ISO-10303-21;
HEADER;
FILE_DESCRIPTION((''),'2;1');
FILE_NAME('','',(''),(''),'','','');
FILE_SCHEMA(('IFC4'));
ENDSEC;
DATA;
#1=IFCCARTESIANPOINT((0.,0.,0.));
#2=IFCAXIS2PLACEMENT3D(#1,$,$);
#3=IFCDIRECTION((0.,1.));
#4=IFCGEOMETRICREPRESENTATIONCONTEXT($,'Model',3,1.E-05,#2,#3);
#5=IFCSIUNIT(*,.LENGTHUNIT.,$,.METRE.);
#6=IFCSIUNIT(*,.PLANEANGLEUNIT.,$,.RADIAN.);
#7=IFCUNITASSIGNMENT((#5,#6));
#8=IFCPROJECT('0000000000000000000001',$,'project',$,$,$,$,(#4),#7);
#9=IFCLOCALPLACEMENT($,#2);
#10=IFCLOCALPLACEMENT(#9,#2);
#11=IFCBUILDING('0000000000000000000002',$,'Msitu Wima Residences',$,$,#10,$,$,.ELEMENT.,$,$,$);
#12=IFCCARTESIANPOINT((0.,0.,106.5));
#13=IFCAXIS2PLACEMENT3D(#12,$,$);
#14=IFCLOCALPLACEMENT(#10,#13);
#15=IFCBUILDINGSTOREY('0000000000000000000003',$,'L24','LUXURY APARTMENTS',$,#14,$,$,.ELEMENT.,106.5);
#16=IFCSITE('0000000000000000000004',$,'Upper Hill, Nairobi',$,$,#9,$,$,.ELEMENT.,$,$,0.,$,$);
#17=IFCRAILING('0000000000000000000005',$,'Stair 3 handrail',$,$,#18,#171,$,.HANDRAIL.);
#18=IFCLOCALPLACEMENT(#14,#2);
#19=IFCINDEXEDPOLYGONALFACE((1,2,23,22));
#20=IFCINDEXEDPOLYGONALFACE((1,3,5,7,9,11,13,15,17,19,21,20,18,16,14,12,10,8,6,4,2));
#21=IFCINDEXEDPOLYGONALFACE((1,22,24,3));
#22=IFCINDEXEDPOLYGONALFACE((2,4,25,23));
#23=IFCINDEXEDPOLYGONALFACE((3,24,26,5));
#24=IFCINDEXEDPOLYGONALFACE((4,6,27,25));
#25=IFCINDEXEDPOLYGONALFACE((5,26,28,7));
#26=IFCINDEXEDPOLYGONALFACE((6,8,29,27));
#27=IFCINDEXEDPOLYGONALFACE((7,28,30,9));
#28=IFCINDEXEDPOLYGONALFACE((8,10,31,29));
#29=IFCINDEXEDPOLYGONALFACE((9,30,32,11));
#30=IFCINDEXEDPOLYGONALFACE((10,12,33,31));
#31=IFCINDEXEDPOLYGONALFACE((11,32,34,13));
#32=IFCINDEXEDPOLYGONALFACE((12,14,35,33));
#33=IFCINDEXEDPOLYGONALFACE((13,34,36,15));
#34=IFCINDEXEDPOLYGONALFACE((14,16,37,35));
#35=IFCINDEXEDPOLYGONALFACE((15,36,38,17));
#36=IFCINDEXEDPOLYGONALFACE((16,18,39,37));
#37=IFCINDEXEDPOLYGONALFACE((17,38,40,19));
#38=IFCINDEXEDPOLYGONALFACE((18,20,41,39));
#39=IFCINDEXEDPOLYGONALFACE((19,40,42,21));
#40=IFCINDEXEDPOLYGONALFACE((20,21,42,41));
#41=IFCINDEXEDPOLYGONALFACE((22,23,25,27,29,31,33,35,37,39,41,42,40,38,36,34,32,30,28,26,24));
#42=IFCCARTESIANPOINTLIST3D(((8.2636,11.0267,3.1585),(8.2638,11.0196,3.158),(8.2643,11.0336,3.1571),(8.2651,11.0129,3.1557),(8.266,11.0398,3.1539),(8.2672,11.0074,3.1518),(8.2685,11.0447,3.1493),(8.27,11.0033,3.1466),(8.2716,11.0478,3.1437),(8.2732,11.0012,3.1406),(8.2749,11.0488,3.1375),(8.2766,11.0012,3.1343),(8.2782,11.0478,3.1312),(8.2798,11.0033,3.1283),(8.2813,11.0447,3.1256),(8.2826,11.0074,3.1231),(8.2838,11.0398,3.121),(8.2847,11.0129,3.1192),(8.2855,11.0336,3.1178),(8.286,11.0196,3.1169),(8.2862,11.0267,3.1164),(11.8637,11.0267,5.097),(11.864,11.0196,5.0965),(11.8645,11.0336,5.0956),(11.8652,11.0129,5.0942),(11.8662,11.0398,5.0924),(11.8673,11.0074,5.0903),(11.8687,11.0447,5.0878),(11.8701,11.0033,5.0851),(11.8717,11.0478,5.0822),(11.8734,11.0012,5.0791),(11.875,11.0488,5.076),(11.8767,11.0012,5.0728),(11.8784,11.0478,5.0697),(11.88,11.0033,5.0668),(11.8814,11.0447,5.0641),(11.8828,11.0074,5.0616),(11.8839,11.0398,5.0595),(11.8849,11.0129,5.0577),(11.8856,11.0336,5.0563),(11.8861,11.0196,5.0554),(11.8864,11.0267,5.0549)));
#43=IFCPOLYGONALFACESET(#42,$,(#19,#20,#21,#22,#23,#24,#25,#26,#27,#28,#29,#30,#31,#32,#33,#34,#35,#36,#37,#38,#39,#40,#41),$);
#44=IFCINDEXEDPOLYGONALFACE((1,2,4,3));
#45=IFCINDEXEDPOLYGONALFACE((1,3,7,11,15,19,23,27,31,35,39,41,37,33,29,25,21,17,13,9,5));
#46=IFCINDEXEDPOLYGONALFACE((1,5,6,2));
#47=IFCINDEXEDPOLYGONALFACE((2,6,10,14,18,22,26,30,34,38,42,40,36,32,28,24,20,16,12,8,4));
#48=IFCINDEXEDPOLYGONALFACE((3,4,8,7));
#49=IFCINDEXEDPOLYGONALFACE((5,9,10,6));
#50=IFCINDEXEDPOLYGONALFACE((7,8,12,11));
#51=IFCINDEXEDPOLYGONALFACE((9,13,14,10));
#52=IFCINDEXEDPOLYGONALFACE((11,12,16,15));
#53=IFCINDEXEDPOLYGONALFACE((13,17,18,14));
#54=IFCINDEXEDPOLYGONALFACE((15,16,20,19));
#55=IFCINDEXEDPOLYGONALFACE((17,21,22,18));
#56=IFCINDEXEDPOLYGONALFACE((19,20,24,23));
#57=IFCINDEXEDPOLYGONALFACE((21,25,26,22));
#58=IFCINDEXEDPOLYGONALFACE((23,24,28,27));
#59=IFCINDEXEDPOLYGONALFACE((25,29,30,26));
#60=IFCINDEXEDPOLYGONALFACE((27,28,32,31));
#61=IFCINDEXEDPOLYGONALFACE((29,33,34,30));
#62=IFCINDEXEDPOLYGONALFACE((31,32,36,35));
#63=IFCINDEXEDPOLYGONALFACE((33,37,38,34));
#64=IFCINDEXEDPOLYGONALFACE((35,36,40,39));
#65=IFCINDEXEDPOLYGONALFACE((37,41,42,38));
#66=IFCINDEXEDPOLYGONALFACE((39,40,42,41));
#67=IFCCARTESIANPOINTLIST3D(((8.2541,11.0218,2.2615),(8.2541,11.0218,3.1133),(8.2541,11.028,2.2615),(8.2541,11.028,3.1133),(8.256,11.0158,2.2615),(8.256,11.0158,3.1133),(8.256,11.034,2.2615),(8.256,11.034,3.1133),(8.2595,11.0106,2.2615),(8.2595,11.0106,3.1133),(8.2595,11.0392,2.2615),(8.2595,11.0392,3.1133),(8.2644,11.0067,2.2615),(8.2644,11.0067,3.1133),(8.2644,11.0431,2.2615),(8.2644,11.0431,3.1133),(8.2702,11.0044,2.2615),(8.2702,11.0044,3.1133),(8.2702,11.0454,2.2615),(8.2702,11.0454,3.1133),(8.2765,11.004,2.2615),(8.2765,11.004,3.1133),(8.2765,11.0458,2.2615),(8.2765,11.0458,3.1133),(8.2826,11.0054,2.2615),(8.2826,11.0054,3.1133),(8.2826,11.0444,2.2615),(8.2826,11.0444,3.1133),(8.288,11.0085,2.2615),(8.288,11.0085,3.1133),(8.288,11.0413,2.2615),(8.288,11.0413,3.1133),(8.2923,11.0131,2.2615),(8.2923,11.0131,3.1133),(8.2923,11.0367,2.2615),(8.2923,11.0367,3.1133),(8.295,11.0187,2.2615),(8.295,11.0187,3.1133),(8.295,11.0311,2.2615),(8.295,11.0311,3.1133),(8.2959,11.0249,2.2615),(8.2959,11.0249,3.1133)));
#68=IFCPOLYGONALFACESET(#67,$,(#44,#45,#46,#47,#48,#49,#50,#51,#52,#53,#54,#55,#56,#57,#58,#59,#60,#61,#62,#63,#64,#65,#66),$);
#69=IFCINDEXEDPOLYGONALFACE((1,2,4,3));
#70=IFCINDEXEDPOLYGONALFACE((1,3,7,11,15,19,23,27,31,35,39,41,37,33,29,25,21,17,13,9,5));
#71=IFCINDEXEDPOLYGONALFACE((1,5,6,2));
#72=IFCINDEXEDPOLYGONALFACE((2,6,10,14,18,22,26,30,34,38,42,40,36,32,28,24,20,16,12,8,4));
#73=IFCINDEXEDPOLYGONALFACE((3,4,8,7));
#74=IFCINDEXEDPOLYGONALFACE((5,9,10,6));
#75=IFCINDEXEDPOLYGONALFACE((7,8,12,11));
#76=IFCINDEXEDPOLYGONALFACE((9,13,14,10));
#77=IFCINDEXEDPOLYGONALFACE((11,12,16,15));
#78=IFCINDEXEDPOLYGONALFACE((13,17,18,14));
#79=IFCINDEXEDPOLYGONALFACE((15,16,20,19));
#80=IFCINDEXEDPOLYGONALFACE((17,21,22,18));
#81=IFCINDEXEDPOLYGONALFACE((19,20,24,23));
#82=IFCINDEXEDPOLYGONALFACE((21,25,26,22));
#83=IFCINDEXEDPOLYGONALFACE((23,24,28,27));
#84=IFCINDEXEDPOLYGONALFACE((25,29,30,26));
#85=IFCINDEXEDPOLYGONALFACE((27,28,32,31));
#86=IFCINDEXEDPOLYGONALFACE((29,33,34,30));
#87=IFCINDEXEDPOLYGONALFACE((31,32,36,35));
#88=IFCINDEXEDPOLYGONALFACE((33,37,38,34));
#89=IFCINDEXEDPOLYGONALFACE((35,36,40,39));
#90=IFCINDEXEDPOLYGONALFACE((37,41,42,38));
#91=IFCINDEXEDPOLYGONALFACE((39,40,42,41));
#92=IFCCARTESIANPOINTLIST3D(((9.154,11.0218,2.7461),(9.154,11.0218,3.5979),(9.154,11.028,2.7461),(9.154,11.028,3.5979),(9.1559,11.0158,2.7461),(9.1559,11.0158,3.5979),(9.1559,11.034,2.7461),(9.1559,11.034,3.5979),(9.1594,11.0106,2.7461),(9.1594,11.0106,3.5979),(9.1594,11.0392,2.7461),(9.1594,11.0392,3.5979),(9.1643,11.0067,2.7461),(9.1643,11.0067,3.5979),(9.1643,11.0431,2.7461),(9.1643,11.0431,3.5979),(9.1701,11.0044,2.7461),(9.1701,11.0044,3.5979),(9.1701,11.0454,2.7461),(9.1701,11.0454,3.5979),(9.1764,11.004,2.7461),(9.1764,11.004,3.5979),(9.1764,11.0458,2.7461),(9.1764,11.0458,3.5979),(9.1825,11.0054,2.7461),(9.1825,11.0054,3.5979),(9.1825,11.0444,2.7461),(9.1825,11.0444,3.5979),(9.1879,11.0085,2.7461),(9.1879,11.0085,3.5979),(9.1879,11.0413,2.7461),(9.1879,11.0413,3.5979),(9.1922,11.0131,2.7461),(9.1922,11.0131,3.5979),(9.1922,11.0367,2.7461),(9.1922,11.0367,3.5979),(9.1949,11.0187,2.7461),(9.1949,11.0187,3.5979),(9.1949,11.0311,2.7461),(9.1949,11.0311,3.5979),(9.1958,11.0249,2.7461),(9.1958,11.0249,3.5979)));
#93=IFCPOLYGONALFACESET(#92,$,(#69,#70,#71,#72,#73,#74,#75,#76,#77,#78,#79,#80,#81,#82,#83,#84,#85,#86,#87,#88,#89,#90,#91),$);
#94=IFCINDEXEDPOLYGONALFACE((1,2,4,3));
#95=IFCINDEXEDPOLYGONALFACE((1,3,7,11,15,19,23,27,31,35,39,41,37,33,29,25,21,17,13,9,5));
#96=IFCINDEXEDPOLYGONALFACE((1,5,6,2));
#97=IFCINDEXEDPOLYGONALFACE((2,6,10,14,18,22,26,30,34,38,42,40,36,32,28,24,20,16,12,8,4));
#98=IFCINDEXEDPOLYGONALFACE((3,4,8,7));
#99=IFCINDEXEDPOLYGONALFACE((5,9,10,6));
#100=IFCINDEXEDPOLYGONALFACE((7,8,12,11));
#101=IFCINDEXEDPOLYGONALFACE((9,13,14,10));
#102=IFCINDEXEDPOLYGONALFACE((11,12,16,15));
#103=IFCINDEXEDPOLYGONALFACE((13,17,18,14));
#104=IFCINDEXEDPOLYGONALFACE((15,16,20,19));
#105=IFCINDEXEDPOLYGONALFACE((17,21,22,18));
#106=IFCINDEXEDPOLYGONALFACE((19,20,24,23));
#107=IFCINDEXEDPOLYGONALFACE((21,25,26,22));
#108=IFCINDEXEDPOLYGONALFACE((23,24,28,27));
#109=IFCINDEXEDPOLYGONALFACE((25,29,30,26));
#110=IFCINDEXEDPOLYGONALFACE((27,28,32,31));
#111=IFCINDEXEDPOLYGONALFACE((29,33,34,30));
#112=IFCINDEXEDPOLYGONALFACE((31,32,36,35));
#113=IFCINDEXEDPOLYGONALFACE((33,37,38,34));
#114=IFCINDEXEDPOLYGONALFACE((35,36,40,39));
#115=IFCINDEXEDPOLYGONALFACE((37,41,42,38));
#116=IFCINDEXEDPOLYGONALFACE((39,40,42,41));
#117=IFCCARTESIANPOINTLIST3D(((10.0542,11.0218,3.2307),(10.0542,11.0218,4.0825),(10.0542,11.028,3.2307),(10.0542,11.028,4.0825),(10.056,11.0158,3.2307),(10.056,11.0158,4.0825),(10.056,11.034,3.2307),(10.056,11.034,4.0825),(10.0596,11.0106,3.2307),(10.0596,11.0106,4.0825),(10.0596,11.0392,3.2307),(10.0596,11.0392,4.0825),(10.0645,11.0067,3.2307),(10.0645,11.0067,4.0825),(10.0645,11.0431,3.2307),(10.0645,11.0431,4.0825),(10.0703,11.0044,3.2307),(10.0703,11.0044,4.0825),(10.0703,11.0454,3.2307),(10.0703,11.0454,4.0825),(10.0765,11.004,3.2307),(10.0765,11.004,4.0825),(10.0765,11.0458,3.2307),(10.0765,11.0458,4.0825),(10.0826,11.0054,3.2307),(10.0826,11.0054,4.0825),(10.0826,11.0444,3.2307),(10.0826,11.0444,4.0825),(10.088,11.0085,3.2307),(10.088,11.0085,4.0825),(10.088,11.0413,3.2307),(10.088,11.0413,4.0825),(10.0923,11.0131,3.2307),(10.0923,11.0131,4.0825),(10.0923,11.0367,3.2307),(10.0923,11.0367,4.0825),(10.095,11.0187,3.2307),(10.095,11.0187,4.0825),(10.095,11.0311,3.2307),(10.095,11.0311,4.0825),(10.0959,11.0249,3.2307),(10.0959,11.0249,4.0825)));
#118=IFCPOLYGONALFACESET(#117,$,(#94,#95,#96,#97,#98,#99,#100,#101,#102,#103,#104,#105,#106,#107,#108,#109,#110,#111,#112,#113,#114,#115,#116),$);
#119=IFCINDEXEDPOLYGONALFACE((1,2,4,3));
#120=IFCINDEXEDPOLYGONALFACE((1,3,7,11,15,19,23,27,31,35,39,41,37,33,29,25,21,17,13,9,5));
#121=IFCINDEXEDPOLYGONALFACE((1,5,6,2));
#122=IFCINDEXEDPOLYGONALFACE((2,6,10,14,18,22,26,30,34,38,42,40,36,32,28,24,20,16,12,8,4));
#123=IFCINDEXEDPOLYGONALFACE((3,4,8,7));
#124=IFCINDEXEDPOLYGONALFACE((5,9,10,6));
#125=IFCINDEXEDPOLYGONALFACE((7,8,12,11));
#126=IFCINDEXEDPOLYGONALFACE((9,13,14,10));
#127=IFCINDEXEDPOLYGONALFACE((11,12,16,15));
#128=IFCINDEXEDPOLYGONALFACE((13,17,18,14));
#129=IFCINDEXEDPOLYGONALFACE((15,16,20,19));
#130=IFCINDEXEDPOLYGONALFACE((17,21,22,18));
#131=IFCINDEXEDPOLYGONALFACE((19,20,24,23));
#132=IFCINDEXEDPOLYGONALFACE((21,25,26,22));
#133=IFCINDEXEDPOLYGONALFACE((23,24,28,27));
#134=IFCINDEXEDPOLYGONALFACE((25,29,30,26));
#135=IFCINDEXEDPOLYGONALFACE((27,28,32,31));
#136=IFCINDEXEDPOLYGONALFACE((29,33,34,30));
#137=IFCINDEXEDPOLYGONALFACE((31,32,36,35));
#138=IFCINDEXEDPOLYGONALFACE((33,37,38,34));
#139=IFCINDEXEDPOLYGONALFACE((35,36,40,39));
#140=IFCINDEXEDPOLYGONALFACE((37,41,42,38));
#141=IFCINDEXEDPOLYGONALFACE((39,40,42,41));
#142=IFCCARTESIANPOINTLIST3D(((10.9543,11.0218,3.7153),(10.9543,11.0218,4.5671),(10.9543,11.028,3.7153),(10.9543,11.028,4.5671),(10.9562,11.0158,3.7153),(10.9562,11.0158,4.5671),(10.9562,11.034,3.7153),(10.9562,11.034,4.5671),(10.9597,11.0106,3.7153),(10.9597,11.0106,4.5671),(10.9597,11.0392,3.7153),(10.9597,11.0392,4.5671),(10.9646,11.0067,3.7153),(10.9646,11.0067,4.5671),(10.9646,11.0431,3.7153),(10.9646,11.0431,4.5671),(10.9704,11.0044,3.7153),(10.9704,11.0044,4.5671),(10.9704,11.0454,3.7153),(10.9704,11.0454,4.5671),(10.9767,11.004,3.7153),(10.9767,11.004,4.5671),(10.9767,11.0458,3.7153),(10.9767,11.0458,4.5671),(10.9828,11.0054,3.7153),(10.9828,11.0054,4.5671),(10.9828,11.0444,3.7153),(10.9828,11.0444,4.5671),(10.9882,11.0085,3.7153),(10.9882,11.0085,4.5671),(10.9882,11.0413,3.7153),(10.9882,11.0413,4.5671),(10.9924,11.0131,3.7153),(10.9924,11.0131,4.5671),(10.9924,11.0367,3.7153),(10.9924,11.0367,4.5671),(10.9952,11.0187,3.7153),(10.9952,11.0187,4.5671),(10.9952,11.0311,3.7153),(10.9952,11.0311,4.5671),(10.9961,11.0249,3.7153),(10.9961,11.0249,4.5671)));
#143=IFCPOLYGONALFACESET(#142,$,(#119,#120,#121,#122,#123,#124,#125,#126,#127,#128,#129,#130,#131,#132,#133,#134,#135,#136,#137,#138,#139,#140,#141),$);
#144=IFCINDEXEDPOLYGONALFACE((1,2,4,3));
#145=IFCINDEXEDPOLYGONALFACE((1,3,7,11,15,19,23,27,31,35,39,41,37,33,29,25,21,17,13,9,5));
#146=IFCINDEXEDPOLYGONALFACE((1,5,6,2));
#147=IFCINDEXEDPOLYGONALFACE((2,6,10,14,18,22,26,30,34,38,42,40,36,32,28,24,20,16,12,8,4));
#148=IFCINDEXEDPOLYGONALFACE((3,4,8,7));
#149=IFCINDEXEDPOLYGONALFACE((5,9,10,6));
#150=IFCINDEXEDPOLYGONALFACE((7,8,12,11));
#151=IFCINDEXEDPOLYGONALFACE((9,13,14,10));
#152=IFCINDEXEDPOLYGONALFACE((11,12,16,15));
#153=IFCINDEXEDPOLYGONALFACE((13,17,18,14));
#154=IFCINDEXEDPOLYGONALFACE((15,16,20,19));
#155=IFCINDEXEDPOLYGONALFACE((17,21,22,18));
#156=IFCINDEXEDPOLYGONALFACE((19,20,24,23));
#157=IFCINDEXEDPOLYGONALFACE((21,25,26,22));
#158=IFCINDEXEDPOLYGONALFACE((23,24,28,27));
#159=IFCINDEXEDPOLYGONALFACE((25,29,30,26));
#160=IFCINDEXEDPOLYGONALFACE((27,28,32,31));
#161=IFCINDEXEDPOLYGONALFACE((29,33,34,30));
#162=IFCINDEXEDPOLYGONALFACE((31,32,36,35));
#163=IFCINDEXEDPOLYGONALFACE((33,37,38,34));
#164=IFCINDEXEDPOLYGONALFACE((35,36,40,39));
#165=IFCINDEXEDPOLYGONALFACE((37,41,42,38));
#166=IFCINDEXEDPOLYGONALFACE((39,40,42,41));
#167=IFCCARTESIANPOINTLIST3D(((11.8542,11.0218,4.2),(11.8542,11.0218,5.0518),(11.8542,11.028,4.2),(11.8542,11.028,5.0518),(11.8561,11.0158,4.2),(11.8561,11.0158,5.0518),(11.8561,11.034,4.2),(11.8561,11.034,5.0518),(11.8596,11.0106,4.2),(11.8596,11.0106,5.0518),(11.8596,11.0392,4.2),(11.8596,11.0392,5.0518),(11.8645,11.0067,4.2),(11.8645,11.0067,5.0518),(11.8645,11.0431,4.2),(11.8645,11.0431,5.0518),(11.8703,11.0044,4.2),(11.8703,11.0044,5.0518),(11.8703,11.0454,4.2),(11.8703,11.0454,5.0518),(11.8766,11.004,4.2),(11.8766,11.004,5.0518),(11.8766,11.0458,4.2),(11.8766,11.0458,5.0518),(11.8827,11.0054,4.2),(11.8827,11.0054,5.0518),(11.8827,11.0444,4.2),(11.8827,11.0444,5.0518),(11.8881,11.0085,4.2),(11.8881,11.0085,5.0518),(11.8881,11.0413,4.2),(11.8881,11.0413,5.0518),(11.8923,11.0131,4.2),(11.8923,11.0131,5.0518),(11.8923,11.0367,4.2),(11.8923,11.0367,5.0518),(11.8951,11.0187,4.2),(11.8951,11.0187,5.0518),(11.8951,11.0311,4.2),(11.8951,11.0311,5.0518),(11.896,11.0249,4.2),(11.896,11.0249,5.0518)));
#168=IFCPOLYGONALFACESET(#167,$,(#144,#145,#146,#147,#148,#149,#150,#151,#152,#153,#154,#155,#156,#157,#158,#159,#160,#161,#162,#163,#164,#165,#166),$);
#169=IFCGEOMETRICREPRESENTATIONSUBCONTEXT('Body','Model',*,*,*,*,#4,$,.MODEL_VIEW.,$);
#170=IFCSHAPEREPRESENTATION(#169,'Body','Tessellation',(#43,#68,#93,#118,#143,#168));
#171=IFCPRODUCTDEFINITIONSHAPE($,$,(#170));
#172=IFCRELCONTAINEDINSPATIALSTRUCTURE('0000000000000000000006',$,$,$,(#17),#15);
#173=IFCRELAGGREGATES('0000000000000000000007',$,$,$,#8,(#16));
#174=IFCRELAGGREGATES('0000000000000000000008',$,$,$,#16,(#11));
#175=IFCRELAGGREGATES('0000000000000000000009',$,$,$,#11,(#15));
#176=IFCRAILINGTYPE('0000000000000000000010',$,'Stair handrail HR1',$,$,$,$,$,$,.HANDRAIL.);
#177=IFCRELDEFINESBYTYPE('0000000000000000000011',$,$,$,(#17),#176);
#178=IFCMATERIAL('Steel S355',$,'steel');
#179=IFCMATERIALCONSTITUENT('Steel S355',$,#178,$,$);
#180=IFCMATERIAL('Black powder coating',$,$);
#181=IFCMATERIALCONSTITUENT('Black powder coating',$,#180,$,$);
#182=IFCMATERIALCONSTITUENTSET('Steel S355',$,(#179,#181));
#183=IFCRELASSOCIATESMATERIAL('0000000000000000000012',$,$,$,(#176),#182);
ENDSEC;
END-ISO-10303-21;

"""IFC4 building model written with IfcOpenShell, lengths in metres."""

from ifc_helpers import new_model, si_unit, direction, frame, origin, origin_2d, place, context, subcontext, project, spatial, circle, extrude, material, constituent, constituent_set, type_object, element, save


model = new_model("IFC4")

# Units and contexts
model_context = context("Model", 3, precision=1e-05, world=origin(), true_north=direction((0.0, 1.0)))
body_context = subcontext(model_context, "Body", "Model", "MODEL_VIEW")
ifc_project = project(units=[si_unit("LENGTHUNIT", "METRE"), si_unit("PLANEANGLEUNIT", "RADIAN")], contexts=[model_context])

# Site, building, storey
site_placement = place(None, origin())
site = spatial("IfcSite", under=ifc_project, at=site_placement, Name="Upper Hill, Nairobi", CompositionType="ELEMENT", RefElevation=0.0)
building_placement = place(site_placement, origin())
building = spatial("IfcBuilding", under=site, at=building_placement, Name="Msitu Wima Residences", CompositionType="ELEMENT")
storey_placement = place(building_placement, frame((0.0, 0.0, 106.5)))
storey = spatial("IfcBuildingStorey", under=building, at=storey_placement, Name="L24", Description="LUXURY APARTMENTS", CompositionType="ELEMENT", Elevation=106.5)

# Railing
ifc_material_1 = material(Name="Steel S355", Category="steel")
ifc_constituent_1 = constituent(ifc_material_1, Name="Steel S355")
ifc_material_2 = material(Name="Black powder coating")
ifc_constituent_2 = constituent(ifc_material_2, Name="Black powder coating")
ifc_constituent_set = constituent_set(constituents=[ifc_constituent_1, ifc_constituent_2], Name="Steel S355")
railing_type = type_object("IfcRailingType", Name="Stair handrail HR1", PredefinedType="HANDRAIL", material=ifc_constituent_set)
for number, where, name in (
    (1, (8.2749, 11.0249, 2.2615), "Stair 3 handrail"),
):
    element("IfcRailing", number, at=place(storey_placement, frame(where)), inside=storey, type_object=railing_type, Name=name, PredefinedType="HANDRAIL", context=body_context, shape_type="SweptSolid", body=[
        extrude(circle(Radius=0.0239, at=origin_2d()), frame((0.0, 0.0, 0.876), z_axis=(0.880475, 0.0, 0.474093), x_axis=(0.0, 1.0, 0.0)), (0.0, 0.0, 1.0), 4.0889),
        extrude(circle(Radius=0.021, at=origin_2d()), origin(), (0.0, 0.0, 1.0), 0.8518),
        extrude(circle(Radius=0.021, at=origin_2d()), frame((0.8999, 0.0, 0.4846)), (0.0, 0.0, 1.0), 0.8518),
        extrude(circle(Radius=0.021, at=origin_2d()), frame((1.8, 0.0, 0.9692)), (0.0, 0.0, 1.0), 0.8518),
        extrude(circle(Radius=0.021, at=origin_2d()), frame((2.7002, 0.0, 1.4539)), (0.0, 0.0, 1.0), 0.8518),
        extrude(circle(Radius=0.021, at=origin_2d()), frame((3.6001, 0.0, 1.9385)), (0.0, 0.0, 1.0), 0.8518),
    ])

save(model, "model.ifc")
